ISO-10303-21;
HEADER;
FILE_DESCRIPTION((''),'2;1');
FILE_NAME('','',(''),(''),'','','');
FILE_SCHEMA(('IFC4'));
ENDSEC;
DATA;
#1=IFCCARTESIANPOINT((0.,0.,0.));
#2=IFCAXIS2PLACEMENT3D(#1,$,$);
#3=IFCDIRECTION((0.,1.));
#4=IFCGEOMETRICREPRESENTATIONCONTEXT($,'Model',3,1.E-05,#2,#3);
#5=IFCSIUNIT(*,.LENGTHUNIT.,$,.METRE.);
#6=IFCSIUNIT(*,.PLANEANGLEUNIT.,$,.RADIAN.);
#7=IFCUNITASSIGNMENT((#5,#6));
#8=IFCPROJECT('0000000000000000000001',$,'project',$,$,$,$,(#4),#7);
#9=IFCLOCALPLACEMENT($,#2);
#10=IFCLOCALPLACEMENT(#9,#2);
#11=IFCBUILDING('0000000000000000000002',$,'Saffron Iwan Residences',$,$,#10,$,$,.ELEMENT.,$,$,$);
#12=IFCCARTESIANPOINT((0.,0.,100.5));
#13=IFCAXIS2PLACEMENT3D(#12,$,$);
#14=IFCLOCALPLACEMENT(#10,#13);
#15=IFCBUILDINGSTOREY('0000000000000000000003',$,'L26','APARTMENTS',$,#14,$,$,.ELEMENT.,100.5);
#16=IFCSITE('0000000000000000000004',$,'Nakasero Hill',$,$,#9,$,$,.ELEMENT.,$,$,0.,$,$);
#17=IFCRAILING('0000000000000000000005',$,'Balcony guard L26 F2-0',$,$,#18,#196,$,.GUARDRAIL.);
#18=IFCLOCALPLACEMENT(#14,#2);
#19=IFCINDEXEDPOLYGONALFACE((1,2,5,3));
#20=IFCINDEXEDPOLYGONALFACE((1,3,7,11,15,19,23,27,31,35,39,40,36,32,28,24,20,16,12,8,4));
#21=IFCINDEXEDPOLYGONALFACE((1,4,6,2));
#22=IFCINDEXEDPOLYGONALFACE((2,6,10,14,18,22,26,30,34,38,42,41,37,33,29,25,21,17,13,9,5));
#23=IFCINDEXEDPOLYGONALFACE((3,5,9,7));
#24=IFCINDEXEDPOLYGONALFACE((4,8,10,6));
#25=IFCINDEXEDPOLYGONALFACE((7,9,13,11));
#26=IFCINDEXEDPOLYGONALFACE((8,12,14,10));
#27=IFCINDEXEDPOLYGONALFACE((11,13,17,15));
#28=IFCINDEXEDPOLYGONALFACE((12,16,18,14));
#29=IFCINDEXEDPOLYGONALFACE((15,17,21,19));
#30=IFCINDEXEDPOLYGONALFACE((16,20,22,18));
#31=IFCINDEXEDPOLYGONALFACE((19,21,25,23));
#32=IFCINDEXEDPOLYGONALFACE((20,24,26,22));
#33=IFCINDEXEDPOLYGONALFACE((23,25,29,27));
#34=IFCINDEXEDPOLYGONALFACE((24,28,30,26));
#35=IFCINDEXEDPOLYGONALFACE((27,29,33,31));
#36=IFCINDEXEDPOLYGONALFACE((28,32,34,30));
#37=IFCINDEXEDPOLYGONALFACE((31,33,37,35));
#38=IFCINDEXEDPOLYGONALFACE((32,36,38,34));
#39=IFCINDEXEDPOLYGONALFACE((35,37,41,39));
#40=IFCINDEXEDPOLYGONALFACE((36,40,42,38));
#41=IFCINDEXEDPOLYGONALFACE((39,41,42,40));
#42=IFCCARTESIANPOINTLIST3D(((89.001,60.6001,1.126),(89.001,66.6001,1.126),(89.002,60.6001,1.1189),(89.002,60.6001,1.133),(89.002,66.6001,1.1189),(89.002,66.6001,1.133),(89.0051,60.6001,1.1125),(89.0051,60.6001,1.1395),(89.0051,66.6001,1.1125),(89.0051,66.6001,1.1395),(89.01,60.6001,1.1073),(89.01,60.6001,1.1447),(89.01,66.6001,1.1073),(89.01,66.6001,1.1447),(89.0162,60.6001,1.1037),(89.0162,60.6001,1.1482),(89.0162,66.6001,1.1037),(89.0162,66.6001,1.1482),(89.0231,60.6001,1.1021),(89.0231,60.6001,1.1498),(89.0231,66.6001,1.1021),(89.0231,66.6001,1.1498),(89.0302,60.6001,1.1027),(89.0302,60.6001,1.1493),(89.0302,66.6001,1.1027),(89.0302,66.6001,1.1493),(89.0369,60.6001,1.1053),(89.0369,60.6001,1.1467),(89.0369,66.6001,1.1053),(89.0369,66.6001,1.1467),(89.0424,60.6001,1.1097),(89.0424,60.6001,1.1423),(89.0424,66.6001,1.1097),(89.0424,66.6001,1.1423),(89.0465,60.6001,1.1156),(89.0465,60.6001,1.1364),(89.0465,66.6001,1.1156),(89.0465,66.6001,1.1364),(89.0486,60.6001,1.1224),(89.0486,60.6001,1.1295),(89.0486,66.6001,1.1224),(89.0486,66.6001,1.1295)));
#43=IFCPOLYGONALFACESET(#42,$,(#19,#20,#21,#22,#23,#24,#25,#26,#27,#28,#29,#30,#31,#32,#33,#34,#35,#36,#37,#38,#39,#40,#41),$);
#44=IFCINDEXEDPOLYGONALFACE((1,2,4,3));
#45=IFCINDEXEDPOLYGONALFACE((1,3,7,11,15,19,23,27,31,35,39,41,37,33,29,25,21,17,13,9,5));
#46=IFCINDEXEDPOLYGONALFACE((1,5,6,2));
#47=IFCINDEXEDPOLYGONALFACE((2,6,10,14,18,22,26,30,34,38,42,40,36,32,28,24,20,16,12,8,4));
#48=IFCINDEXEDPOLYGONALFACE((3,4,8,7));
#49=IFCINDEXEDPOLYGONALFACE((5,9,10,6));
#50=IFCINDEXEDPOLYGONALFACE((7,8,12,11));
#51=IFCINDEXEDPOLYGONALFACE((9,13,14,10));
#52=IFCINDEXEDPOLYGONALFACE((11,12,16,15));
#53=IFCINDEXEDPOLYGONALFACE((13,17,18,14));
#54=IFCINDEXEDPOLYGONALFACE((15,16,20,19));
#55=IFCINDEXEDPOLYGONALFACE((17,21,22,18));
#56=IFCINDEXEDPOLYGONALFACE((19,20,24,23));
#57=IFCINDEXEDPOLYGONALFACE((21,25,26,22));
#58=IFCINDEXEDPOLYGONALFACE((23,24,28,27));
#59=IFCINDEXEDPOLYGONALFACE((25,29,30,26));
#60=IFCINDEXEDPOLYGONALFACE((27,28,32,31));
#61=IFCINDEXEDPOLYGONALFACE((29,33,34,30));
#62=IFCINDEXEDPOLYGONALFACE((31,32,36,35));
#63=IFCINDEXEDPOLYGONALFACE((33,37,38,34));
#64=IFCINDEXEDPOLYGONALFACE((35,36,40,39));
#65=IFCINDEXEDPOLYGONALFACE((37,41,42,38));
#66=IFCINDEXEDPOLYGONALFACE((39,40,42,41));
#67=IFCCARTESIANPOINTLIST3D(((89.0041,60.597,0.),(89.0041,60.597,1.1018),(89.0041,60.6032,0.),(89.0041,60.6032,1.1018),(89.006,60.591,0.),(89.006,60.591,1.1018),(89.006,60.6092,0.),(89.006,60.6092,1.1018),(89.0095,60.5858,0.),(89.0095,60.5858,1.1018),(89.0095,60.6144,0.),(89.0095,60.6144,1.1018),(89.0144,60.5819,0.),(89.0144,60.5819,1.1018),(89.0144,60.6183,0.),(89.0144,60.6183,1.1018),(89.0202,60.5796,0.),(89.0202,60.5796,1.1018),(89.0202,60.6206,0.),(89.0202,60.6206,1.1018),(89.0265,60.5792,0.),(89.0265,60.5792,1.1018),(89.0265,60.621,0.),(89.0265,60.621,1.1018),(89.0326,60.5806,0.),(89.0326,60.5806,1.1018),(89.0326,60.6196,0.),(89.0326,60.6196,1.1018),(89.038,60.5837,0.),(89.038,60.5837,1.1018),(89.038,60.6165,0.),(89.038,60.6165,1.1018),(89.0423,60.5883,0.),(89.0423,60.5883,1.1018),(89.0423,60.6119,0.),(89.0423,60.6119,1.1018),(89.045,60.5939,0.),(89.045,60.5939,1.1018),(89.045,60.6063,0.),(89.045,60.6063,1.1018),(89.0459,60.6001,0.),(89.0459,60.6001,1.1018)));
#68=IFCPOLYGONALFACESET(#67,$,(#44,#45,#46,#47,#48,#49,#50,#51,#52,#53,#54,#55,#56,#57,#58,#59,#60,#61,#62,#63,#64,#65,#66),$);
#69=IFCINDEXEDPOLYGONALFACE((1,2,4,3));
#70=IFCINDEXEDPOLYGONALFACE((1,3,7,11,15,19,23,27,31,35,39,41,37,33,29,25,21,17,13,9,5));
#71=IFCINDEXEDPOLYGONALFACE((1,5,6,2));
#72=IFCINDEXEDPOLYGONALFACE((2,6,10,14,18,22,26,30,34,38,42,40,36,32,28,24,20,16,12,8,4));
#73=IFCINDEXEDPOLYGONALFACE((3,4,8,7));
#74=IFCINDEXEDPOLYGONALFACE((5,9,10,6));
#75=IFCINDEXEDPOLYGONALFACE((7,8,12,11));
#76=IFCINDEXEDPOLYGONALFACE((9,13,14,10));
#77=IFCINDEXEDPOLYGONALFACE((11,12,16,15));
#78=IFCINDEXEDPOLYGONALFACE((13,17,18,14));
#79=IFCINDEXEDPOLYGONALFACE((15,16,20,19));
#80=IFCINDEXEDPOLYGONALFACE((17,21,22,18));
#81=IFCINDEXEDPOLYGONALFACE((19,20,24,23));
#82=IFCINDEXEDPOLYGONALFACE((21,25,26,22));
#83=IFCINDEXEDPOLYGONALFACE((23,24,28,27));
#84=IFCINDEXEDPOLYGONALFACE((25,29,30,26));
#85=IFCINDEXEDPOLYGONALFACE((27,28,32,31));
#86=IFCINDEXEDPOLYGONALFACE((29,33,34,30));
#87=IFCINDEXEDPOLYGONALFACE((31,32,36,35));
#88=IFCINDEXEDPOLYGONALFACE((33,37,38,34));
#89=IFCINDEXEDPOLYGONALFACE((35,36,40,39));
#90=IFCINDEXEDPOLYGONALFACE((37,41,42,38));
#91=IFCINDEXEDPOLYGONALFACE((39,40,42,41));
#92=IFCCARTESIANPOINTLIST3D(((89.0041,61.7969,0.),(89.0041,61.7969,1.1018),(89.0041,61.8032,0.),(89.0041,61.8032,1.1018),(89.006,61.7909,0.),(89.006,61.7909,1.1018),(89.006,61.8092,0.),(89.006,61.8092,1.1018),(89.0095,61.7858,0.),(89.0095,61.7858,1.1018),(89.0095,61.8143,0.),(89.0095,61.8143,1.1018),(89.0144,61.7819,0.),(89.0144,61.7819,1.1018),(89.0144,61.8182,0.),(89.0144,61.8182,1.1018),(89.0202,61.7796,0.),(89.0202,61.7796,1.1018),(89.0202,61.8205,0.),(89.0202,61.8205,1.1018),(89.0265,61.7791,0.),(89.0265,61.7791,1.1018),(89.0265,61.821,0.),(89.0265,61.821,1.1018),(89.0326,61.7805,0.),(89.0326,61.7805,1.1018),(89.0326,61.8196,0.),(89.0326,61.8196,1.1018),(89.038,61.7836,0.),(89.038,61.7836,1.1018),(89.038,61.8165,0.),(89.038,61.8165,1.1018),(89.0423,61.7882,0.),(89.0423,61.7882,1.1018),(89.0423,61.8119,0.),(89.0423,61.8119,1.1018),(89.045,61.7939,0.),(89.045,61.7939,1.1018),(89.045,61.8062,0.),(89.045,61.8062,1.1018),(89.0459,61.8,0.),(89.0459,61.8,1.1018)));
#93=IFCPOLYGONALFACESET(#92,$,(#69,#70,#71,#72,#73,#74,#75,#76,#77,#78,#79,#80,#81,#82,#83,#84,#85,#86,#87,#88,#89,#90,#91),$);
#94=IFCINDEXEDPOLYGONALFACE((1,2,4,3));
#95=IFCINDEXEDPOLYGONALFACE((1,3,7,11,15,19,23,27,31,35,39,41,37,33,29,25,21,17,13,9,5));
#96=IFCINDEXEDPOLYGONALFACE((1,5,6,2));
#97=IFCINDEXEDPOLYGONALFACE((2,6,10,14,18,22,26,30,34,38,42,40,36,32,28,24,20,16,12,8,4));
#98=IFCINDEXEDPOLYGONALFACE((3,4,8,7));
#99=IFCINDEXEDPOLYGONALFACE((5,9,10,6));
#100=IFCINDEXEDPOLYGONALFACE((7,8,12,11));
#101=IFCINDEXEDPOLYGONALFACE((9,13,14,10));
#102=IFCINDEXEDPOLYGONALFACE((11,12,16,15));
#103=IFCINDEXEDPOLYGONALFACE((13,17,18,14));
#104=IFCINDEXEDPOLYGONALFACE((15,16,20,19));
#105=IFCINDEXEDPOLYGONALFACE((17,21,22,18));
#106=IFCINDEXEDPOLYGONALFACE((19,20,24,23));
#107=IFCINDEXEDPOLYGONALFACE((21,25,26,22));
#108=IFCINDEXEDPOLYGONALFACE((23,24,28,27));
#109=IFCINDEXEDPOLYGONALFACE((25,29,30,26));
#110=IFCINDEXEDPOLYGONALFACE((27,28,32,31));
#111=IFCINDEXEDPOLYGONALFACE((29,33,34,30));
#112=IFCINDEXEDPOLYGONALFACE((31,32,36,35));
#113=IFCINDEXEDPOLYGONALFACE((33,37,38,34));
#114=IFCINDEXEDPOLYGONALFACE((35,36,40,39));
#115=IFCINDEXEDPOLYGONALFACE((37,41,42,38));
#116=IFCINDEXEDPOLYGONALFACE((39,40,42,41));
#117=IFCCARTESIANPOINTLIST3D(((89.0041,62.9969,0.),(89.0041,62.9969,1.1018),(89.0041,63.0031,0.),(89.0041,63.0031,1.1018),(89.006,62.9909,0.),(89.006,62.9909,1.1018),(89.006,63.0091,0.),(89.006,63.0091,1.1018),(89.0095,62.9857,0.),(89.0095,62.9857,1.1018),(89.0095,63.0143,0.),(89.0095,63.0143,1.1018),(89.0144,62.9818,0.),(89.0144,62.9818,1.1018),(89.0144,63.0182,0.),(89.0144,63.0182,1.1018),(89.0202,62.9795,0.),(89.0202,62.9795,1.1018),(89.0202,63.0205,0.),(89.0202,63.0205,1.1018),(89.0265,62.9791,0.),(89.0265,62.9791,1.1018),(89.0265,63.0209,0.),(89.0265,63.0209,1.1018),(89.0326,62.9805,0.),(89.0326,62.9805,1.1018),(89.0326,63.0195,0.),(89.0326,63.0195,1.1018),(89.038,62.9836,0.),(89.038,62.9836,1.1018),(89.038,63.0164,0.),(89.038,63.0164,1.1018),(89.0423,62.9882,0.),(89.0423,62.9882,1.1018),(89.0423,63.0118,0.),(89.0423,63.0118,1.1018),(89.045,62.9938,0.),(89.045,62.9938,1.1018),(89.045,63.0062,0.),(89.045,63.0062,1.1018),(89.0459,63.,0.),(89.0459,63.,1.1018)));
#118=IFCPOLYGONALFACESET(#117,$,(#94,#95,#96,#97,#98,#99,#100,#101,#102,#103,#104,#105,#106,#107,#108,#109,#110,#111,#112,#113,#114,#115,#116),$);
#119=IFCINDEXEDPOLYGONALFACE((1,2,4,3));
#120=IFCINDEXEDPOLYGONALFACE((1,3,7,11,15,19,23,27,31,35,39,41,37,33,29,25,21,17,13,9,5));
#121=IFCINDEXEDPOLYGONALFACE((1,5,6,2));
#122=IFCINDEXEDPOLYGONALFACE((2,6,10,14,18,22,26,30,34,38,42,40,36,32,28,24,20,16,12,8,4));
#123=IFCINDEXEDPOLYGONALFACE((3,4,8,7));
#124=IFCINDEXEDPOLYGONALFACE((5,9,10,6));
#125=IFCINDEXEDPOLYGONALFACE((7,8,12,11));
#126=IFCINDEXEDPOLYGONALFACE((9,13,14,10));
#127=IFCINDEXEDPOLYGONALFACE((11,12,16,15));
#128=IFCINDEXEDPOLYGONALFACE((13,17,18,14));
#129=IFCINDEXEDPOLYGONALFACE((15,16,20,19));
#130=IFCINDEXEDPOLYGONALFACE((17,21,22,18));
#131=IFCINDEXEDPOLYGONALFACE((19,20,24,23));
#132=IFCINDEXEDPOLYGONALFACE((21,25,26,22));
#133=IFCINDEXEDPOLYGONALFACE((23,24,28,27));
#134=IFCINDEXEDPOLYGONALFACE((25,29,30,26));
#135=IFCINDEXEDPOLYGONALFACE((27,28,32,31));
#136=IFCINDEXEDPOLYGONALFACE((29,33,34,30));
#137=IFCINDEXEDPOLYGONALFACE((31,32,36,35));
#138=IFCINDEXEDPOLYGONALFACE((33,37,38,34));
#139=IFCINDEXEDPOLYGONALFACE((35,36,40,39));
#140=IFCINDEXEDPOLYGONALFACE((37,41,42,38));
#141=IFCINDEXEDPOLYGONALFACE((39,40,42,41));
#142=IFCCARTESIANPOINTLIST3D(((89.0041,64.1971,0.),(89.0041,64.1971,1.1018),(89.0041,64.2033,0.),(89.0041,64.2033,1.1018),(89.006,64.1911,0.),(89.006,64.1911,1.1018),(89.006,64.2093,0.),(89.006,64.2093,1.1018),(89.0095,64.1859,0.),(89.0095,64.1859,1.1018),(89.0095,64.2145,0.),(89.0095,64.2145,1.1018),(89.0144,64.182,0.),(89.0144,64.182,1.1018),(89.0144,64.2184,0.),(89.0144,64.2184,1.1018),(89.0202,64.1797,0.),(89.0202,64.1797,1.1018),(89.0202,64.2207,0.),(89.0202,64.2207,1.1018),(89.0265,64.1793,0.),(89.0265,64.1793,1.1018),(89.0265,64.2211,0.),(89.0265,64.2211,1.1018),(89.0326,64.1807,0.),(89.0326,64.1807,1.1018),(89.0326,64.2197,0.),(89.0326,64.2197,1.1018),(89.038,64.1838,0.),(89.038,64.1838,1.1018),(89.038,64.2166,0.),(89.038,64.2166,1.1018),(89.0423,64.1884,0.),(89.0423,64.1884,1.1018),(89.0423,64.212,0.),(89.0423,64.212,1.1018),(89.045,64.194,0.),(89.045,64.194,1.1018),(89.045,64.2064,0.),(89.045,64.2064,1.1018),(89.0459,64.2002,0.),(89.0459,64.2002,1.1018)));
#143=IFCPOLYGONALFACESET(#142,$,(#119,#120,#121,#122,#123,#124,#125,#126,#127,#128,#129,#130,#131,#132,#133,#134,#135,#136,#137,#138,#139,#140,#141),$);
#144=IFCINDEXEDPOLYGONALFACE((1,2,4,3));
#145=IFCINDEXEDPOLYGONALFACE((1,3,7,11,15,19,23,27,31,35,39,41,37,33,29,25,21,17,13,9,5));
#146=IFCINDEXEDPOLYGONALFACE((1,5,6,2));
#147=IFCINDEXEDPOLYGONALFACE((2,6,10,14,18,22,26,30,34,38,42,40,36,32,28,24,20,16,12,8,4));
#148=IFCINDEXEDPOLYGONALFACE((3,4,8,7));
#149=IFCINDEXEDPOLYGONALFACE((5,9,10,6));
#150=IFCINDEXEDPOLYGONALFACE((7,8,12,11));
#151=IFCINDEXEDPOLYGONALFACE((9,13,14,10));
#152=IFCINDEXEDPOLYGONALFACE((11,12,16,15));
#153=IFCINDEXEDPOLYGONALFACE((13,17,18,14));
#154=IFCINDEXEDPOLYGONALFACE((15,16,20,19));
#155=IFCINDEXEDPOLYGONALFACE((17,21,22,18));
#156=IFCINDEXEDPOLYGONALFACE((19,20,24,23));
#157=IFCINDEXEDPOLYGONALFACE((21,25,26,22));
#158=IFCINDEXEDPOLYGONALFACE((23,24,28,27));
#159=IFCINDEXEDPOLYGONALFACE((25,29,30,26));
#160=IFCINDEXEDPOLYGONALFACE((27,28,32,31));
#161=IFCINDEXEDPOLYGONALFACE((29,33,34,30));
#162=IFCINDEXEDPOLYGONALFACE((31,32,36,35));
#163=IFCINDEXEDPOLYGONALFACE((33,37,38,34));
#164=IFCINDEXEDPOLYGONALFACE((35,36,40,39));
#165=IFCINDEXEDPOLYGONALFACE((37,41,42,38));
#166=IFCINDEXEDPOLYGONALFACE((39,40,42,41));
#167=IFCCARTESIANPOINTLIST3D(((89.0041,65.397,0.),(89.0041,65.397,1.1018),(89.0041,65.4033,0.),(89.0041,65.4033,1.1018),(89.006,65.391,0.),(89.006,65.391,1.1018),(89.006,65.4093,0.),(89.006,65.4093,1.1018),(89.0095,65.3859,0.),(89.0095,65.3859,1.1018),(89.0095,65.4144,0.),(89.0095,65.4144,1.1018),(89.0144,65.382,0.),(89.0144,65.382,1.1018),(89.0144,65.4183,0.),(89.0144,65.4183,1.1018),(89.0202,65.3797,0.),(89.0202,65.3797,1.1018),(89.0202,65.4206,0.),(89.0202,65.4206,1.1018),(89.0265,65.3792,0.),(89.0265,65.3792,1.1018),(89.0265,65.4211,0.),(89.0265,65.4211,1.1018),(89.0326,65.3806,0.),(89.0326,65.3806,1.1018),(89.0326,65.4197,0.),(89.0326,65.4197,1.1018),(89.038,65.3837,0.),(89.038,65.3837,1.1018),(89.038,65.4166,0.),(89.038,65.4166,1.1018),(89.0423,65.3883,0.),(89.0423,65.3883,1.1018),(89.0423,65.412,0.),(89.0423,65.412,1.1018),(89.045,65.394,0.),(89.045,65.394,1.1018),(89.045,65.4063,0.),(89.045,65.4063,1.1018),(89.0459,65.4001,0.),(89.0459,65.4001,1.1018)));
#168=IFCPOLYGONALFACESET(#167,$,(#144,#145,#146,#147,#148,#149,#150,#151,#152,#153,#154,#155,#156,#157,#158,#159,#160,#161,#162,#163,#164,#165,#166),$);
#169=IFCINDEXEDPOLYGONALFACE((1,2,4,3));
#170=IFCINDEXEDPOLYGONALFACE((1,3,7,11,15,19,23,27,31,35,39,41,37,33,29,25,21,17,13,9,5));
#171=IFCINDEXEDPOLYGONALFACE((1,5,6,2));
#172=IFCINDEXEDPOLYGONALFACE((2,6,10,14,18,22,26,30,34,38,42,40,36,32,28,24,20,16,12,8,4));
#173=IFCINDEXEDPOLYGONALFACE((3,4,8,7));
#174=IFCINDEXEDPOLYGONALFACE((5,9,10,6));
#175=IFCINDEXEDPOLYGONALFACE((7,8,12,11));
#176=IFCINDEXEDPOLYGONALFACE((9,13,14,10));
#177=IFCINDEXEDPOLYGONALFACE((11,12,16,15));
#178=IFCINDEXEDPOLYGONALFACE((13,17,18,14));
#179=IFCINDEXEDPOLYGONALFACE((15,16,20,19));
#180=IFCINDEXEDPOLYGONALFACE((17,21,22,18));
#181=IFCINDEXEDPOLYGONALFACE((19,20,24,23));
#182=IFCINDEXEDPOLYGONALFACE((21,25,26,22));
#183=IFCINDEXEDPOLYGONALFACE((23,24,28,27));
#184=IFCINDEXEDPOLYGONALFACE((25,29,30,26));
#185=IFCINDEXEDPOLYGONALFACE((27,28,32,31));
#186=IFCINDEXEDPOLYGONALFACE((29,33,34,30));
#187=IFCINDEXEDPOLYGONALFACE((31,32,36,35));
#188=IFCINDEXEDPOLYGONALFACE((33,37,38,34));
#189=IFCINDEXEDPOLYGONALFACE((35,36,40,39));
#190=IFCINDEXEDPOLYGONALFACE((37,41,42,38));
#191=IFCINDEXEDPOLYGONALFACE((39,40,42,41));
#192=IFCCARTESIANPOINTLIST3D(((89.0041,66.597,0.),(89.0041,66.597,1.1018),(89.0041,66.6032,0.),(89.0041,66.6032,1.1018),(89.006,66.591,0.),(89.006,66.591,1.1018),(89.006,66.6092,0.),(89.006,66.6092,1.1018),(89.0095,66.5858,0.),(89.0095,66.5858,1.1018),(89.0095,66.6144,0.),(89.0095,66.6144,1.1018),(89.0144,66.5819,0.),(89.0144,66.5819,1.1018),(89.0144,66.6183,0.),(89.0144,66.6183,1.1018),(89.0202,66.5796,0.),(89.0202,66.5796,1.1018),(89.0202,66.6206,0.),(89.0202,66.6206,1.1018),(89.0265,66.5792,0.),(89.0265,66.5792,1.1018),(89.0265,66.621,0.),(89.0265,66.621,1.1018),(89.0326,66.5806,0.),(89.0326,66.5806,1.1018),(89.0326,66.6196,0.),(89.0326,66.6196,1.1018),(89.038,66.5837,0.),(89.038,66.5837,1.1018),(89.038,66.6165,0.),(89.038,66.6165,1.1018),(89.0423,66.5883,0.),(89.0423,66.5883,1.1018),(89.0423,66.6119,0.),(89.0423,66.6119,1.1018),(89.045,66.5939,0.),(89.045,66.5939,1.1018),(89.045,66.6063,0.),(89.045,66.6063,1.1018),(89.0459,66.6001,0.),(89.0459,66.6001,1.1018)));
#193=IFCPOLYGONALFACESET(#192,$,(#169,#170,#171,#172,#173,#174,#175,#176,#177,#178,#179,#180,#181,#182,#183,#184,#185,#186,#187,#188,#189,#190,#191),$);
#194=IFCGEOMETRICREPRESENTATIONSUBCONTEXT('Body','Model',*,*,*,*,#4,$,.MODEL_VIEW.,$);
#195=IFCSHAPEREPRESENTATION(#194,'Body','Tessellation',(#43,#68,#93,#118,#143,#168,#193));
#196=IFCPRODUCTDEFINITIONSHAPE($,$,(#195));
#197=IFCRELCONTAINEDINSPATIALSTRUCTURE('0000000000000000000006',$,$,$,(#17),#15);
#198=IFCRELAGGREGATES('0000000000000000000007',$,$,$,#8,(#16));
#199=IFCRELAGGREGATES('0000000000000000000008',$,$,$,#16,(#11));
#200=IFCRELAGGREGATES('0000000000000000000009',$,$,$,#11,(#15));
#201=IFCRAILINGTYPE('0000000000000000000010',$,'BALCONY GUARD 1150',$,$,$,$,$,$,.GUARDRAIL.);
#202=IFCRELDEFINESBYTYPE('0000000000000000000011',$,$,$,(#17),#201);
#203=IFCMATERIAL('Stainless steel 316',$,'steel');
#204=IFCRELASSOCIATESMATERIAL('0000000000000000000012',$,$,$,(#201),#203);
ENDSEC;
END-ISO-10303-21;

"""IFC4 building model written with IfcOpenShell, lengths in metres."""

from ifc_helpers import new_model, si_unit, direction, frame, origin, origin_2d, place, context, subcontext, project, spatial, circle, extrude, material, type_object, element, save


model = new_model("IFC4")

# Units and contexts
model_context = context("Model", 3, precision=1e-05, world=origin(), true_north=direction((0.0, 1.0)))
body_context = subcontext(model_context, "Body", "Model", "MODEL_VIEW")
ifc_project = project(units=[si_unit("LENGTHUNIT", "METRE"), si_unit("PLANEANGLEUNIT", "RADIAN")], contexts=[model_context])

# Site, building, storey
site_placement = place(None, origin())
site = spatial("IfcSite", under=ifc_project, at=site_placement, Name="Nakasero Hill", CompositionType="ELEMENT", RefElevation=0.0)
building_placement = place(site_placement, origin())
building = spatial("IfcBuilding", under=site, at=building_placement, Name="Saffron Iwan Residences", CompositionType="ELEMENT")
storey_placement = place(building_placement, frame((0.0, 0.0, 100.5)))
storey = spatial("IfcBuildingStorey", under=building, at=storey_placement, Name="L26", Description="APARTMENTS", CompositionType="ELEMENT", Elevation=100.5)

# Railing
ifc_material_1 = material(Name="Stainless steel 316", Category="steel")
railing_type = type_object("IfcRailingType", Name="BALCONY GUARD 1150", PredefinedType="GUARDRAIL", material=ifc_material_1)
railing_placement = place(storey_placement, frame((89.0249, 60.6001, 0.0)))
element("IfcRailing", 1, at=railing_placement, inside=storey, type_object=railing_type, Name="Balcony guard L26 F2-0", PredefinedType="GUARDRAIL", context=body_context, shape_type="SweptSolid", body=[
    extrude(circle(Radius=0.0239, at=origin_2d()), frame((0.0, 0.0, 1.126), z_axis=(0.0, 1.0, 0.0), x_axis=(-1.0, 0.0, 0.0)), (0.0, 0.0, 1.0), 6.0),
    extrude(circle(Radius=0.021, at=origin_2d()), origin(), (0.0, 0.0, 1.0), 1.1018),
    extrude(circle(Radius=0.021, at=origin_2d()), frame((0.0, 1.2, 0.0)), (0.0, 0.0, 1.0), 1.1018),
    extrude(circle(Radius=0.021, at=origin_2d()), frame((0.0, 2.3999, 0.0)), (0.0, 0.0, 1.0), 1.1018),
    extrude(circle(Radius=0.021, at=origin_2d()), frame((0.0, 3.6001, 0.0)), (0.0, 0.0, 1.0), 1.1018),
    extrude(circle(Radius=0.021, at=origin_2d()), frame((0.0, 4.8, 0.0)), (0.0, 0.0, 1.0), 1.1018),
    extrude(circle(Radius=0.021, at=origin_2d()), frame((0.0, 6.0, 0.0)), (0.0, 0.0, 1.0), 1.1018),
])

save(model, "model.ifc")
